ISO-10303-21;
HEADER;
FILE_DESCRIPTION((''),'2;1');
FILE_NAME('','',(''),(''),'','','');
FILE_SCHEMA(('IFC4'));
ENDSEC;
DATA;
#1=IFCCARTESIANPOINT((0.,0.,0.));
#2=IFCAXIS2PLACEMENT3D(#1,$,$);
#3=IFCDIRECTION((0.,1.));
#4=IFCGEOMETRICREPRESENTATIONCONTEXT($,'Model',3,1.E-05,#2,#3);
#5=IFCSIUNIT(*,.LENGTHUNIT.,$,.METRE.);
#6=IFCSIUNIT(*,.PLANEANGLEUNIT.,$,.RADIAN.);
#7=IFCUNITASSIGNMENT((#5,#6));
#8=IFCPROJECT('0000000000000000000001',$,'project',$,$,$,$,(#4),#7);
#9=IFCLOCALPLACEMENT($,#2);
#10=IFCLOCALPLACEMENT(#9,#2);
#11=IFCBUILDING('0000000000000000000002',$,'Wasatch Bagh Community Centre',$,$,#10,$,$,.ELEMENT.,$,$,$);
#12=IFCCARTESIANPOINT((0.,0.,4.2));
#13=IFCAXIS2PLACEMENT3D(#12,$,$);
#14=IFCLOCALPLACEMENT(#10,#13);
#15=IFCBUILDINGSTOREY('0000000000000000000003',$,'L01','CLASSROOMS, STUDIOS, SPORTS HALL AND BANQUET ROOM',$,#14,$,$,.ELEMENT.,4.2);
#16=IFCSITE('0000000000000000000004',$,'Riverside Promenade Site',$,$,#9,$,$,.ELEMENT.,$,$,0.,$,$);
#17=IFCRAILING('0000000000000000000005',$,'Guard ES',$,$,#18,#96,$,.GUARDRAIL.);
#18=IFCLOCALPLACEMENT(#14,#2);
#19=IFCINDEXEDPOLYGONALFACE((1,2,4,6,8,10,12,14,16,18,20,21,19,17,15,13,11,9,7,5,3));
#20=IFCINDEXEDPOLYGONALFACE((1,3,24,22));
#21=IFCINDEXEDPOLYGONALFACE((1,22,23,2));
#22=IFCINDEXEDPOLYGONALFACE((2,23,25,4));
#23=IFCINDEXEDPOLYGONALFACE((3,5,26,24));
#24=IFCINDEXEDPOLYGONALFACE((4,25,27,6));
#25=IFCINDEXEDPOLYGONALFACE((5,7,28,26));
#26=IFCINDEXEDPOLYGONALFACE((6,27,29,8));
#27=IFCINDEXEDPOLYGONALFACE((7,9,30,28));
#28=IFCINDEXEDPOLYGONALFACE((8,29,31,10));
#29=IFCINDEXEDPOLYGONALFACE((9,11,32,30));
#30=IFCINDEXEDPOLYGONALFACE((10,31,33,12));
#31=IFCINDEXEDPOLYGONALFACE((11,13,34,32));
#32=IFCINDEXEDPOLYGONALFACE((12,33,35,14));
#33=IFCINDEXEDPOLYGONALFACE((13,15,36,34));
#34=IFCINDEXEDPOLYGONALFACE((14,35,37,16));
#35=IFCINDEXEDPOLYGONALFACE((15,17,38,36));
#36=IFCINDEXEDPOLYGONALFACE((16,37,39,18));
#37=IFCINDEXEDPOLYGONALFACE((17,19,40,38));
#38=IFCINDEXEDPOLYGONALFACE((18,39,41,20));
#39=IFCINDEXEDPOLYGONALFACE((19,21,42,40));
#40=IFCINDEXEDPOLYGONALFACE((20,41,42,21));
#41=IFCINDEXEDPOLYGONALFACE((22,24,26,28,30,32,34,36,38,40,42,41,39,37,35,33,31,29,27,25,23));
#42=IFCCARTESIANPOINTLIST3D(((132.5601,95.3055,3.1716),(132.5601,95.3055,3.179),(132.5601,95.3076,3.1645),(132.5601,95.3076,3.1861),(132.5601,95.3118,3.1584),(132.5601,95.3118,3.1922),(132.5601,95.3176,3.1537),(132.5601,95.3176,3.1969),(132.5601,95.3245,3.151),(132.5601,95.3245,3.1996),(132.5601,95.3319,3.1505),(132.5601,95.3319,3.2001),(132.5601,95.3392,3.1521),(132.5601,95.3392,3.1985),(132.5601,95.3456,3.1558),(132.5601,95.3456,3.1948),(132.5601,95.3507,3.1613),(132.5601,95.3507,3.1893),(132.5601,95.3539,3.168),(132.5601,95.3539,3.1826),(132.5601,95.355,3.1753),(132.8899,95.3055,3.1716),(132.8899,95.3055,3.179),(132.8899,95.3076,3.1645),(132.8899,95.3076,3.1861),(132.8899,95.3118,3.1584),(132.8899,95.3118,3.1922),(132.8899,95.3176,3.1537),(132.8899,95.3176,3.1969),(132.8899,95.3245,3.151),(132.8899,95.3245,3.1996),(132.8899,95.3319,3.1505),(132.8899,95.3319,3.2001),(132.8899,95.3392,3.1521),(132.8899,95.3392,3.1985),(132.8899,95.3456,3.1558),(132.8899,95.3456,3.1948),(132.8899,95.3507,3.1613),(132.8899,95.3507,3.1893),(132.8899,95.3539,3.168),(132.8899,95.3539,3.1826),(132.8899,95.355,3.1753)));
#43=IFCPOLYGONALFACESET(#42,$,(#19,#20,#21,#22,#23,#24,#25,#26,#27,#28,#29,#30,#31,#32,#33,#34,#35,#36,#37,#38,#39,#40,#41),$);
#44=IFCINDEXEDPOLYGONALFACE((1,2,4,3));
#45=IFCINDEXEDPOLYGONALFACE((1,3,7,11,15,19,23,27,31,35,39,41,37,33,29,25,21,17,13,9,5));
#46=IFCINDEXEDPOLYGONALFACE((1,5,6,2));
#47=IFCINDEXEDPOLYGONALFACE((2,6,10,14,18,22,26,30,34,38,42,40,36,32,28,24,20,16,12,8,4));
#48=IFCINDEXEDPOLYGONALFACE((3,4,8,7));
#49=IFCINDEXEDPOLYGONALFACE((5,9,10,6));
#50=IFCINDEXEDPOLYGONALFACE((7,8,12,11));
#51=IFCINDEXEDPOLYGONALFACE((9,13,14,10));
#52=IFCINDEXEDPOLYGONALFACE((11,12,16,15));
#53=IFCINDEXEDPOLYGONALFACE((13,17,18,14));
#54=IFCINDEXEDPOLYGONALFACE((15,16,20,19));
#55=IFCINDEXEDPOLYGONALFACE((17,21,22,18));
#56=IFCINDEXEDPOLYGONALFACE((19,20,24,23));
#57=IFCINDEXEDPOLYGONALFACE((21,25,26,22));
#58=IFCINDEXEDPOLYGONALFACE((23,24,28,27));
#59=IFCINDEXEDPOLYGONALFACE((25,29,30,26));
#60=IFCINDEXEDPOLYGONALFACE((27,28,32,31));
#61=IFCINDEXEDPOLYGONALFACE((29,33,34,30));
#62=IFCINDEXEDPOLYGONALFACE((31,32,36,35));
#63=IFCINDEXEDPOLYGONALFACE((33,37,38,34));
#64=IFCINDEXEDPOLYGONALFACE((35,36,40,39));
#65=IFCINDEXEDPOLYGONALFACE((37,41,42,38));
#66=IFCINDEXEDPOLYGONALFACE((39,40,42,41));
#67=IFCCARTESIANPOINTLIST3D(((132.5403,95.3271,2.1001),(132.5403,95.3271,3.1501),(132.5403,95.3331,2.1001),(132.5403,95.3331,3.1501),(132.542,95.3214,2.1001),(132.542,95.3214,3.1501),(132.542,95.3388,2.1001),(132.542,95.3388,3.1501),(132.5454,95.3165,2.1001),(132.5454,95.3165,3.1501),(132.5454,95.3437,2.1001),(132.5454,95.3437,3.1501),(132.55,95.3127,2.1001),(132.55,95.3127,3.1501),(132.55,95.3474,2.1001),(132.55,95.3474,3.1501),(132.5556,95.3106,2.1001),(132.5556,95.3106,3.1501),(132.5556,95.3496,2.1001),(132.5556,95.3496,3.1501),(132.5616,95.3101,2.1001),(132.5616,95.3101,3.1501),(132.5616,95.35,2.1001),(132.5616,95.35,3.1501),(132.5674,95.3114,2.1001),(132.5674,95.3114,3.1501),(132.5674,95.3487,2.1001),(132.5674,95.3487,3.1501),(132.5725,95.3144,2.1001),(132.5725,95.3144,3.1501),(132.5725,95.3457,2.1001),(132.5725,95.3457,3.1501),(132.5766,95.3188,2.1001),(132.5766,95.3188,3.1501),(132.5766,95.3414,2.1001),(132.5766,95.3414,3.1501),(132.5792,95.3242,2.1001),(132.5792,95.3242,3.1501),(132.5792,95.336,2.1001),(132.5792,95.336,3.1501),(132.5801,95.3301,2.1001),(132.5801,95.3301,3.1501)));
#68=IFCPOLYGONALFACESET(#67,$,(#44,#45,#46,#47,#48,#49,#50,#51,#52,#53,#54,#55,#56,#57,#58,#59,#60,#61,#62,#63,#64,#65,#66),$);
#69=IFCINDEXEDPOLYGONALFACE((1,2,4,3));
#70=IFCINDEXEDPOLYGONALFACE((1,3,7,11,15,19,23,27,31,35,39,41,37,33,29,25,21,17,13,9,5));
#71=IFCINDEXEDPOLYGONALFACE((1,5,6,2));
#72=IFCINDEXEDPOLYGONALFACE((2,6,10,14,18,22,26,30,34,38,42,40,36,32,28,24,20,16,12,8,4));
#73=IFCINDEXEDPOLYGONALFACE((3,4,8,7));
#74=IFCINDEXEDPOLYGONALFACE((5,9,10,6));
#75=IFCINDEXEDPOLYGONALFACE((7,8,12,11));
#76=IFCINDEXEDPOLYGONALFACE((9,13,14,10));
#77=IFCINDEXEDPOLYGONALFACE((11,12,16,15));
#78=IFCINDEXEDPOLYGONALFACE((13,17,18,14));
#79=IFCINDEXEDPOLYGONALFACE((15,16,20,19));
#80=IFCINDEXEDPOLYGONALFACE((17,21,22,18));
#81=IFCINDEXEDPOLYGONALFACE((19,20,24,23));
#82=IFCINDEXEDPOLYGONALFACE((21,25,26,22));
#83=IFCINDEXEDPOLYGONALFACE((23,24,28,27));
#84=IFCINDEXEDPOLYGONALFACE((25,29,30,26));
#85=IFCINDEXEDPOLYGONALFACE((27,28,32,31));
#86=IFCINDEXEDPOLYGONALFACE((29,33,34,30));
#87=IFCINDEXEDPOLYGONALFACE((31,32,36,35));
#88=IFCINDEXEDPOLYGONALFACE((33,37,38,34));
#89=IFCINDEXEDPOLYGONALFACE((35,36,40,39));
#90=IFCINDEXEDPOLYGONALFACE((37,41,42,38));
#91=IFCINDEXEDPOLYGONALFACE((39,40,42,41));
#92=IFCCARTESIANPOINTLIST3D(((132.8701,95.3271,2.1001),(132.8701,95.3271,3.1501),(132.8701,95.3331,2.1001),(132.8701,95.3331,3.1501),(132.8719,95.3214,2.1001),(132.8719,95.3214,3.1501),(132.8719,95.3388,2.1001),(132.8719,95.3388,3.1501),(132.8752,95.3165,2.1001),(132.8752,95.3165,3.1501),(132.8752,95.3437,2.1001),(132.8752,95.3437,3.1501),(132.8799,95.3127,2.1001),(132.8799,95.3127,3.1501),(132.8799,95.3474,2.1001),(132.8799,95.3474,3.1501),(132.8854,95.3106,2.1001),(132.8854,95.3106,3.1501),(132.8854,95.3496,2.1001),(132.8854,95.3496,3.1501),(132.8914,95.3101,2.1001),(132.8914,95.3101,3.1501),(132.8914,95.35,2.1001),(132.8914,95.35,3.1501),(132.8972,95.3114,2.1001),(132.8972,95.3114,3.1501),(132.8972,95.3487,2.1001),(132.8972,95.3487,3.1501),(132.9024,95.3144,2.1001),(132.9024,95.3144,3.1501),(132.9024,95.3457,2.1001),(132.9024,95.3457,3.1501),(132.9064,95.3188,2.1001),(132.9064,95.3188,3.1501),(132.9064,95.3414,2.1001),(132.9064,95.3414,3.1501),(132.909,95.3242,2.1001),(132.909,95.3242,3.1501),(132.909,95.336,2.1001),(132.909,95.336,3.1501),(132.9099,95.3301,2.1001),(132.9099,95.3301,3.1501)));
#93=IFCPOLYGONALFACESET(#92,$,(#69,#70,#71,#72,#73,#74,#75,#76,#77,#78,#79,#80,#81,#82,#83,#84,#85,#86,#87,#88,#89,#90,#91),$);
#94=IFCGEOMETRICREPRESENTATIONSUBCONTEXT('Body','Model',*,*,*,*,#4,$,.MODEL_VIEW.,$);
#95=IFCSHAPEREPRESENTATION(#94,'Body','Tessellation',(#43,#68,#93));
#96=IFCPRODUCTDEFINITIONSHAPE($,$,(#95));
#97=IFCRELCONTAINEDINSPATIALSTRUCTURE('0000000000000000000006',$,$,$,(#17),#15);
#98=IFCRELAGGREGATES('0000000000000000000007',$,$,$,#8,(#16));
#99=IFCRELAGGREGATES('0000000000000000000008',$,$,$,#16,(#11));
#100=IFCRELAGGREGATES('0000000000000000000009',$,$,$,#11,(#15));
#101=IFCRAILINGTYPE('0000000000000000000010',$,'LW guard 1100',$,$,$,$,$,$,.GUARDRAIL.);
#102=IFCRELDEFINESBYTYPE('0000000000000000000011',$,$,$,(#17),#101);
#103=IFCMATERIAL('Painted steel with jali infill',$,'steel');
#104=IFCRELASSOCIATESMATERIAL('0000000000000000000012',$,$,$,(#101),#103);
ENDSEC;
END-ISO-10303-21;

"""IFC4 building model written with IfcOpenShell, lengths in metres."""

from ifc_helpers import new_model, si_unit, direction, frame, origin, origin_2d, place, context, subcontext, project, spatial, circle, extrude, material, type_object, element, save


model = new_model("IFC4")

# Units and contexts
model_context = context("Model", 3, precision=1e-05, world=origin(), true_north=direction((0.0, 1.0)))
body_context = subcontext(model_context, "Body", "Model", "MODEL_VIEW")
ifc_project = project(units=[si_unit("LENGTHUNIT", "METRE"), si_unit("PLANEANGLEUNIT", "RADIAN")], contexts=[model_context])

# Site, building, storey
site_placement = place(None, origin())
site = spatial("IfcSite", under=ifc_project, at=site_placement, Name="Riverside Promenade Site", CompositionType="ELEMENT", RefElevation=0.0)
building_placement = place(site_placement, origin())
building = spatial("IfcBuilding", under=site, at=building_placement, Name="Wasatch Bagh Community Centre", CompositionType="ELEMENT")
storey_placement = place(building_placement, frame((0.0, 0.0, 4.2)))
storey = spatial("IfcBuildingStorey", under=building, at=storey_placement, Name="L01", Description="CLASSROOMS, STUDIOS, SPORTS HALL AND BANQUET ROOM", CompositionType="ELEMENT", Elevation=4.2)

# Railing
ifc_material_1 = material(Name="Painted steel with jali infill", Category="steel")
railing_type_1 = type_object("IfcRailingType", Name="LW guard 1100", PredefinedType="GUARDRAIL", material=ifc_material_1)
railing_1_placement = place(storey_placement, frame((132.5601, 95.3301, 2.1001)))
element("IfcRailing", 1, at=railing_1_placement, inside=storey, type_object=railing_type_1, Name="Guard ES", PredefinedType="GUARDRAIL", context=body_context, shape_type="SweptSolid", body=[
    extrude(circle(Radius=0.0249, at=origin_2d()), frame((0.0, 0.0, 1.0752), z_axis=(1.0, 0.0, 0.0), x_axis=(0.0, 1.0, 0.0)), (0.0, 0.0, 1.0), 0.3298),
    extrude(circle(Radius=0.02, at=origin_2d()), origin(), (0.0, 0.0, 1.0), 1.05),
    extrude(circle(Radius=0.02, at=origin_2d()), frame((0.3298, 0.0, 0.0)), (0.0, 0.0, 1.0), 1.05),
])

save(model, "model.ifc")
